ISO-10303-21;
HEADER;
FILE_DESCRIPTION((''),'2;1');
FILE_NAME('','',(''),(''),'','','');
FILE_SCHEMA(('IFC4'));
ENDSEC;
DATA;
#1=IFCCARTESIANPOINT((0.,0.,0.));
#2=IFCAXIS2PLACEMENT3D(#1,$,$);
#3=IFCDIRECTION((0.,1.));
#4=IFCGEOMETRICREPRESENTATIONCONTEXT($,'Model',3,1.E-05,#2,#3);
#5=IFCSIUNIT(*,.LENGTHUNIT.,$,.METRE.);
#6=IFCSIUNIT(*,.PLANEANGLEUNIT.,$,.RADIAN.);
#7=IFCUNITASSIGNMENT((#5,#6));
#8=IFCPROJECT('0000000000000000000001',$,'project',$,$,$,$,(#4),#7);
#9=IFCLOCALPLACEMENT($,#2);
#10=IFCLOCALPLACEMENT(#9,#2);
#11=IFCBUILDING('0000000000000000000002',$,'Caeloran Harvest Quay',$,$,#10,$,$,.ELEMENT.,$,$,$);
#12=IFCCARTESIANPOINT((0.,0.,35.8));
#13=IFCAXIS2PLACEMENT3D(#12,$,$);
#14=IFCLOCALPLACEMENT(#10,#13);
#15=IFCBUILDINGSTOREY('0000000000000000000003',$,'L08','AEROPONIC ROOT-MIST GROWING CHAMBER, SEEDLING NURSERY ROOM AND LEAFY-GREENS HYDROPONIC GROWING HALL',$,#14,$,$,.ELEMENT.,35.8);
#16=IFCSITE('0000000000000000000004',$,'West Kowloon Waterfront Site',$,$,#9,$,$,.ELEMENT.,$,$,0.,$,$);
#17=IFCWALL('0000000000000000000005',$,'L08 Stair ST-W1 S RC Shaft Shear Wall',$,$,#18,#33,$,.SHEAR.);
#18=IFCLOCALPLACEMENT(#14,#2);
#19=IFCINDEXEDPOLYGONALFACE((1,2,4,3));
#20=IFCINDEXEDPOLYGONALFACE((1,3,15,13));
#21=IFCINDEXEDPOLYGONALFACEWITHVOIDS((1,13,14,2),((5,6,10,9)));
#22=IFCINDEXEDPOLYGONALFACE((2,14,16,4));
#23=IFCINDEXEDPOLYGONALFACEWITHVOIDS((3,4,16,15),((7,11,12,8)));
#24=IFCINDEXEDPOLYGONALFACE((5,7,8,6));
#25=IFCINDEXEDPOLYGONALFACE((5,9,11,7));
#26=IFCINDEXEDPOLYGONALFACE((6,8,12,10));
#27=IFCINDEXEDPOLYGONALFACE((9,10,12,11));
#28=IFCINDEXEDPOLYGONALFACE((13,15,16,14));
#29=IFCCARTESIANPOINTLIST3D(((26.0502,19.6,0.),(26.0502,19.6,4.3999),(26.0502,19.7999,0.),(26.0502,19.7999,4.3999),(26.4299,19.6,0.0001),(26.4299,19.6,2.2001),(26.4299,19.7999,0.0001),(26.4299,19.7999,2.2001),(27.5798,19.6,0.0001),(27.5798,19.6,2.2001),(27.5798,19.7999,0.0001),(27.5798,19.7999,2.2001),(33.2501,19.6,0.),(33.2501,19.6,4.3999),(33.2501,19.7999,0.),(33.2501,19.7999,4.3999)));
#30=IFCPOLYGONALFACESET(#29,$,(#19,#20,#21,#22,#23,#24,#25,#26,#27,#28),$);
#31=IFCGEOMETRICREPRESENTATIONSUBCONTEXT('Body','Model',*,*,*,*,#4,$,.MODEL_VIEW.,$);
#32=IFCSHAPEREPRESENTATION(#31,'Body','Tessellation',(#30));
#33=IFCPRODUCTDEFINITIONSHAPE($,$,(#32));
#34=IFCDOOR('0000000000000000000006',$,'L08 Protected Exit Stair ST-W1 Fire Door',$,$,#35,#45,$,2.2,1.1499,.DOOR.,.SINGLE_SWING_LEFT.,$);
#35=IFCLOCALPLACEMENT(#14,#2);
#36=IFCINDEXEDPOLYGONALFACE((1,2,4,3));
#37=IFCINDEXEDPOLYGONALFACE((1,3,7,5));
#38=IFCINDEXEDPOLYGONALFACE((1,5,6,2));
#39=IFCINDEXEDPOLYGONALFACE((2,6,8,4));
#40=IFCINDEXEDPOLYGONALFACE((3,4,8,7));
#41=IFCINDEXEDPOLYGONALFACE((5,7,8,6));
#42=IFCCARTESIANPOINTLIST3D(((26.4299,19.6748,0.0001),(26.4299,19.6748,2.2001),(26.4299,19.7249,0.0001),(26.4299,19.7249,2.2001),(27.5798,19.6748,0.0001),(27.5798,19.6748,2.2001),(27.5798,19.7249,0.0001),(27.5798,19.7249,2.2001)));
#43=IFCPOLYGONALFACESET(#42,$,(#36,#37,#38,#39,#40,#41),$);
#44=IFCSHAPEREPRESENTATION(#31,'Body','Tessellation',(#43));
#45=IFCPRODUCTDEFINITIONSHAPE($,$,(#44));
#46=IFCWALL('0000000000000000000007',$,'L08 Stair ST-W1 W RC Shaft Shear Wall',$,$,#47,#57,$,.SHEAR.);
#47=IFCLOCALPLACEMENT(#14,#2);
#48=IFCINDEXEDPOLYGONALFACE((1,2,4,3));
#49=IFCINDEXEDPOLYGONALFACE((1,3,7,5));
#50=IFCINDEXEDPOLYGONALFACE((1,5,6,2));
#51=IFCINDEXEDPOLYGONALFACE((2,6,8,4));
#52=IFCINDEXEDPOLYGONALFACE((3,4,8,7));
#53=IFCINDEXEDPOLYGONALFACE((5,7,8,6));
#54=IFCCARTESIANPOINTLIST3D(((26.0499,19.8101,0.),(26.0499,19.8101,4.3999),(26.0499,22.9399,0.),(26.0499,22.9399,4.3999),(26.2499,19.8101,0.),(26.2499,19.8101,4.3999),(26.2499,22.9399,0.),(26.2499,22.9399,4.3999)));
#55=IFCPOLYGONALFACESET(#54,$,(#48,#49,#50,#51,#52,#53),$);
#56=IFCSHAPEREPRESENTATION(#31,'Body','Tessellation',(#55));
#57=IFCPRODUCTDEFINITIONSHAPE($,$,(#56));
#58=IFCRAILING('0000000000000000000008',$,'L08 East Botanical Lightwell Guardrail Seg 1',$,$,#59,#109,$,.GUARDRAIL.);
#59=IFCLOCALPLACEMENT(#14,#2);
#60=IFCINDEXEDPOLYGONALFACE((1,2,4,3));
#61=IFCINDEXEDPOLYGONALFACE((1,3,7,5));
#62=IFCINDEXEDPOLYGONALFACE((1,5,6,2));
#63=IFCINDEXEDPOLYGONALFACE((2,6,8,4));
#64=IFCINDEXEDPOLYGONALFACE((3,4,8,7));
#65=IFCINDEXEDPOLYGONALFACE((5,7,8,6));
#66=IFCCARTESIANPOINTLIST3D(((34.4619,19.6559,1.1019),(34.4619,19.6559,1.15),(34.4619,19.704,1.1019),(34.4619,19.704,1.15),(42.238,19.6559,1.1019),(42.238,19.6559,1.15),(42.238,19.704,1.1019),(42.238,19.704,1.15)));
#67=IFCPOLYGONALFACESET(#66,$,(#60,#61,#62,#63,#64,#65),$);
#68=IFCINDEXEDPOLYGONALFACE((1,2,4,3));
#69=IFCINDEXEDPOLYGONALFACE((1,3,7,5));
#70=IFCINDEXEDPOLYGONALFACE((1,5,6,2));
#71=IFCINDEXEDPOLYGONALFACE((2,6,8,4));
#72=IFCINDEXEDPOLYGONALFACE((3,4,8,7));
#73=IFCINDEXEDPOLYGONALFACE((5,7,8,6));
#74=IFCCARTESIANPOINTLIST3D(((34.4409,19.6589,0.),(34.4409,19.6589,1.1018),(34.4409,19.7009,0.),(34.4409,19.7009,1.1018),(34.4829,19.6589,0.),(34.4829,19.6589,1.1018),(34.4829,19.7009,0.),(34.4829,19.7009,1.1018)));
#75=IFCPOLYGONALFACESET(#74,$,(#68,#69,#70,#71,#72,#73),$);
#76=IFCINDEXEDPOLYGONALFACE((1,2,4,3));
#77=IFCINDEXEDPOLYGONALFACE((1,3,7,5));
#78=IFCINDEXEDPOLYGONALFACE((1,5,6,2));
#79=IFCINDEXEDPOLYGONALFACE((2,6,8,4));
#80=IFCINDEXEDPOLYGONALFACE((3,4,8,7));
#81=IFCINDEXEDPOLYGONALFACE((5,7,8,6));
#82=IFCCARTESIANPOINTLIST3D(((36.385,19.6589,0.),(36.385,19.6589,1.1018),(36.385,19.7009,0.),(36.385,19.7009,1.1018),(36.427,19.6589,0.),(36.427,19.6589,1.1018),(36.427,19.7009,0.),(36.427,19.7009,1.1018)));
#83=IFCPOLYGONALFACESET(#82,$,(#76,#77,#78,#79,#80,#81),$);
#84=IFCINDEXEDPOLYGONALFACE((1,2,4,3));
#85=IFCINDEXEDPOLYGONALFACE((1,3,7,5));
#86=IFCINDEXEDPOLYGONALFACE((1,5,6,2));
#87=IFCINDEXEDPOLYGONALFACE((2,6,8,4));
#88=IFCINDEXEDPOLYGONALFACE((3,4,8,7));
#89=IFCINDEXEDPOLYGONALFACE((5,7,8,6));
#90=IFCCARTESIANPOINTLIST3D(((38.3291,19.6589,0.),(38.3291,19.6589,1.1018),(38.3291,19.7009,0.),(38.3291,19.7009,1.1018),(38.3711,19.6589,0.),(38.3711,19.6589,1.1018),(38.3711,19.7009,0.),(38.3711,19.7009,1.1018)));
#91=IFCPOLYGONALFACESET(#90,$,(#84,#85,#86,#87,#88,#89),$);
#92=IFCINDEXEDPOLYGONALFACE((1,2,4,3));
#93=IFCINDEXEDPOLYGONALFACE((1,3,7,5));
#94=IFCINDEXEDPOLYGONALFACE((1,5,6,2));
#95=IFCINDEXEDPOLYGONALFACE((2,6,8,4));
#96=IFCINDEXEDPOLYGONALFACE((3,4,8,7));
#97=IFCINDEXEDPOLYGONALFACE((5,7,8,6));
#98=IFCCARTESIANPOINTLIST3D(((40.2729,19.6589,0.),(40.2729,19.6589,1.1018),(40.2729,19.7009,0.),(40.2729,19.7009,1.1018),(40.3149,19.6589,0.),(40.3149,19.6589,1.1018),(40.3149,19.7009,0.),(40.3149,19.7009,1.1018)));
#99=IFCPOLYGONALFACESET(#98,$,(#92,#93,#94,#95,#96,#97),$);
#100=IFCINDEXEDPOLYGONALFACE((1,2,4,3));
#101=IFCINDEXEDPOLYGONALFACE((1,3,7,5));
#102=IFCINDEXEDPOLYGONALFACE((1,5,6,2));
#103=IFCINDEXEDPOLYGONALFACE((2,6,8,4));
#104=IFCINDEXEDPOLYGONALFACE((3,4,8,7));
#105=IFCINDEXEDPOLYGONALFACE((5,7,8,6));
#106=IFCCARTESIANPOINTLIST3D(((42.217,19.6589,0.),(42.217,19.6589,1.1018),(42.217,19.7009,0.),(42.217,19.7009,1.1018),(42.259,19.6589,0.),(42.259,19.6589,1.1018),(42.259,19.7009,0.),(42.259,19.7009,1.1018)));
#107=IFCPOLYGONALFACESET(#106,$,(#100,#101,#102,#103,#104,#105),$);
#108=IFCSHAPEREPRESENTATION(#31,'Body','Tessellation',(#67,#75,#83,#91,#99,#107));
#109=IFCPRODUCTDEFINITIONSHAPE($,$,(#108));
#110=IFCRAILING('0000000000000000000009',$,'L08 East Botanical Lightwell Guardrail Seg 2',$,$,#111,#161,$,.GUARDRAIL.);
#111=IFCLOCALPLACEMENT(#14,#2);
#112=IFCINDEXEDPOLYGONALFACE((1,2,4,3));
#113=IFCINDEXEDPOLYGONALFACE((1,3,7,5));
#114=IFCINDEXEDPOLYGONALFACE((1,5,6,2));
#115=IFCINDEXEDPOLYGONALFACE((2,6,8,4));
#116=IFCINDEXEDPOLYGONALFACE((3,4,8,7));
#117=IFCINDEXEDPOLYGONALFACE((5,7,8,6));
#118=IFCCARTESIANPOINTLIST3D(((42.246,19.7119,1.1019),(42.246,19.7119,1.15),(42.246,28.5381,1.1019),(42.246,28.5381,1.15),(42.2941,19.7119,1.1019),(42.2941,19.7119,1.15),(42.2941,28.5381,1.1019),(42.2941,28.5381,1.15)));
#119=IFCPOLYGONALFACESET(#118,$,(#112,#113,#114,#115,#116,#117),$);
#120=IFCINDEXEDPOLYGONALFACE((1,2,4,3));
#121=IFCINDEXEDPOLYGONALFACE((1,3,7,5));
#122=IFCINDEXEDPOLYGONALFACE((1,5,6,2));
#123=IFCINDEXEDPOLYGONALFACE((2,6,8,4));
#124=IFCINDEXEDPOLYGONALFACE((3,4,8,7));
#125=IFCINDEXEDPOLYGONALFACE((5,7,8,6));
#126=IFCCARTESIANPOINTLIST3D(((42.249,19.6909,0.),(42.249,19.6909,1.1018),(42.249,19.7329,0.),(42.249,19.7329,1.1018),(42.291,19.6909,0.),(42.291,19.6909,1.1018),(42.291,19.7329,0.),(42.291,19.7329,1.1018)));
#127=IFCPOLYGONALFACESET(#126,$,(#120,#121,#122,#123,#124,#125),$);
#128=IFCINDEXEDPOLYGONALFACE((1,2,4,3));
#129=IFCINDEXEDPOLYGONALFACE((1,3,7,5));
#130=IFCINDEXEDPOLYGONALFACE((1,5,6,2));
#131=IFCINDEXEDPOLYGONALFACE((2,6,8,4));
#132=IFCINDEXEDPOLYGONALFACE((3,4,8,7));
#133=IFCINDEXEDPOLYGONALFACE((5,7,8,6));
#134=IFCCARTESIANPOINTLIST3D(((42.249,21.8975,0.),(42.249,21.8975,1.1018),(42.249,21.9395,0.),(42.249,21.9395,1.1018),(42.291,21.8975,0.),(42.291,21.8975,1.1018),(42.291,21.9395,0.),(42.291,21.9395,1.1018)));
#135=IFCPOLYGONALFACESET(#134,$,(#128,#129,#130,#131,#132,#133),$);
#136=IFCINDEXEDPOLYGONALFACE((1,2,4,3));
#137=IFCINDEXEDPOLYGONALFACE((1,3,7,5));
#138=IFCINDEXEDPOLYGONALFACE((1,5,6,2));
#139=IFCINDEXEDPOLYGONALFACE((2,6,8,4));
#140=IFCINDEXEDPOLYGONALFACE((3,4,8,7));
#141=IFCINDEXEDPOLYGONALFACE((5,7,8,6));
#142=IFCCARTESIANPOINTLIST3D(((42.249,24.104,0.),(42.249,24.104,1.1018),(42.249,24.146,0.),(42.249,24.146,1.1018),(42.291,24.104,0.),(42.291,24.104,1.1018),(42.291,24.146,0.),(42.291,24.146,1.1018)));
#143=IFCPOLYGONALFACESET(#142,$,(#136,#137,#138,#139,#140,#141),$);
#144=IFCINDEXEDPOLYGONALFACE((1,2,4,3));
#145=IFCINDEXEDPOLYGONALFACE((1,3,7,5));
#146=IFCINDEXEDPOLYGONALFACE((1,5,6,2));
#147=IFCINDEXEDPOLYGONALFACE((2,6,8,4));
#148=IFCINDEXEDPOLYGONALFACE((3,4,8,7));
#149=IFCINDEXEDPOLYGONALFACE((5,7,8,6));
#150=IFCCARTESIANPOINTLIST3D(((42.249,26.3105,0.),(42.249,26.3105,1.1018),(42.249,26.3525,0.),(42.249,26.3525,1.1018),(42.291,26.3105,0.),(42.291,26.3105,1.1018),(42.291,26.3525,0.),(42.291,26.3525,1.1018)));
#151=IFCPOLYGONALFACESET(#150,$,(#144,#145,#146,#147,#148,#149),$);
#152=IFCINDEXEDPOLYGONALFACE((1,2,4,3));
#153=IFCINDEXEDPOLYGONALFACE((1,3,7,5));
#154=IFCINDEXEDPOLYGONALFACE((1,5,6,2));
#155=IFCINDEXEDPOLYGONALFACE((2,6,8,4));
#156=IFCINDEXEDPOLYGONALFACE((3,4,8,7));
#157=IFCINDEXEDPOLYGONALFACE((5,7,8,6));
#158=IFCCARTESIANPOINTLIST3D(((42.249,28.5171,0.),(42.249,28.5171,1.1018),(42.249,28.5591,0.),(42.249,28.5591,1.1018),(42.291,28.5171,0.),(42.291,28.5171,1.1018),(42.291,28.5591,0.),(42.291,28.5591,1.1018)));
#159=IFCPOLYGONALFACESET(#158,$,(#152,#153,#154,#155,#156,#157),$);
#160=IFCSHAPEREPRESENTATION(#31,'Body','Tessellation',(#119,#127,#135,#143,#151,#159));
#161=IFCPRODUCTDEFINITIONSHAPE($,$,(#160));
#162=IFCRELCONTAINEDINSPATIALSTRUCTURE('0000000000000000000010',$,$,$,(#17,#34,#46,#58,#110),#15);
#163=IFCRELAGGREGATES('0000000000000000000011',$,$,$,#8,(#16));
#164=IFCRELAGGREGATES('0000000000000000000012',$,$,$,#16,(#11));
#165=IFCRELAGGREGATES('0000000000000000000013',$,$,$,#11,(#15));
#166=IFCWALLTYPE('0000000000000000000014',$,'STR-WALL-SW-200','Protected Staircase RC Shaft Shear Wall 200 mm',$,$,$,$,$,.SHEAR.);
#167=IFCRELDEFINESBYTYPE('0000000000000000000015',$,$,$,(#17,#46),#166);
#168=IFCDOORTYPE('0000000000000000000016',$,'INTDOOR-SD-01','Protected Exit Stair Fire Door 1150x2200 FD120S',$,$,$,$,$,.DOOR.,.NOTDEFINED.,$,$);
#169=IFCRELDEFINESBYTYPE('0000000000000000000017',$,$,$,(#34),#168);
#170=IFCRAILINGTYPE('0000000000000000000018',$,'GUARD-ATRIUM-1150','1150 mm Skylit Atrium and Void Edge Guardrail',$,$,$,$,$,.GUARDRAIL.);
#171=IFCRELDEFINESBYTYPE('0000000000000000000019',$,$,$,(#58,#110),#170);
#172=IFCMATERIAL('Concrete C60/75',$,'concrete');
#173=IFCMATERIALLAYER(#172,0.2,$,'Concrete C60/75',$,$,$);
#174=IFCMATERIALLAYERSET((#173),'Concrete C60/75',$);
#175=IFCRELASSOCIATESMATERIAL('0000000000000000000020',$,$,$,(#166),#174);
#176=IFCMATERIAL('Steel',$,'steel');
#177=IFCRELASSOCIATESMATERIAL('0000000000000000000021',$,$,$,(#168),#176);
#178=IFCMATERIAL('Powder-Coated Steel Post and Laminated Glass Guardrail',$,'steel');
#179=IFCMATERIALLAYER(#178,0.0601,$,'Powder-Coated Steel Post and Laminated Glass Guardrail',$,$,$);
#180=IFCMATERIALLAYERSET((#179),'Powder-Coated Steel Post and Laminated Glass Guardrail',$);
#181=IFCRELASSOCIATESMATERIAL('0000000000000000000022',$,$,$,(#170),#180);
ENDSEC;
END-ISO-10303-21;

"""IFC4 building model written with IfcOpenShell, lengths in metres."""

from ifc_helpers import new_model, si_unit, direction, frame, frame_2d, origin, origin_2d, place, context, subcontext, project, spatial, rectangle, extrude, material, layer, layer_set, type_object, element, fill, save


model = new_model("IFC4")

# Units and contexts
model_context = context("Model", 3, precision=1e-05, world=origin(), true_north=direction((0.0, 1.0)))
body_context = subcontext(model_context, "Body", "Model", "MODEL_VIEW")
ifc_project = project(units=[si_unit("LENGTHUNIT", "METRE"), si_unit("PLANEANGLEUNIT", "RADIAN")], contexts=[model_context])

# Site, building, storey
site_placement = place(None, origin())
site = spatial("IfcSite", under=ifc_project, at=site_placement, Name="West Kowloon Waterfront Site", CompositionType="ELEMENT", RefElevation=0.0)
building_placement = place(site_placement, origin())
building = spatial("IfcBuilding", under=site, at=building_placement, Name="Caeloran Harvest Quay", CompositionType="ELEMENT")
storey_placement = place(building_placement, frame((0.0, 0.0, 35.8)))
storey = spatial("IfcBuildingStorey", under=building, at=storey_placement, Name="L08", Description="AEROPONIC ROOT-MIST GROWING CHAMBER, SEEDLING NURSERY ROOM AND LEAFY-GREENS HYDROPONIC GROWING HALL", CompositionType="ELEMENT", Elevation=35.8)

# Wall, opening, door
ifc_material_1 = material(Name="Concrete C60/75", Category="concrete")
ifc_layer_1 = layer(ifc_material_1, 0.2, Name="Concrete C60/75")
ifc_layer_set_1 = layer_set([ifc_layer_1], Name="Concrete C60/75")
wall_type_1 = type_object("IfcWallType", Name="STR-WALL-SW-200", Description="Protected Staircase RC Shaft Shear Wall 200 mm", PredefinedType="SHEAR", material=ifc_layer_set_1)
wall_1_placement = place(storey_placement, frame((26.05, 19.7, 0.0), z_axis=(0.0, 0.0, 1.0), x_axis=(1.0, 0.0, 0.0)))
wall_1 = element("IfcWall", 1, at=wall_1_placement, inside=storey, type_object=wall_type_1, Name="L08 Stair ST-W1 S RC Shaft Shear Wall", PredefinedType="SHEAR", context=body_context, shape_type="SweptSolid", body=[
    extrude(rectangle(XDim=7.2, YDim=0.2, at=frame_2d((3.6001, 0.0))), origin(), (0.0, 0.0, 1.0), 4.3999),
])
opening_1_placement = place(wall_1_placement, frame((0.3799, 0.0, 0.0)))
opening_1 = element("IfcOpeningElement", 2, at=opening_1_placement, cuts=wall_1, PredefinedType="OPENING", context=body_context, shape_type="SweptSolid", body=[
    extrude(rectangle(XDim=1.1499, YDim=2.2, at=frame_2d((0.575, 1.1001))), frame((0.0, 0.1099, 0.0), z_axis=(0.0, -1.0, 0.0), x_axis=(1.0, 0.0, 0.0)), (0.0, 0.0, 1.0), 0.22),
])
ifc_material_2 = material(Name="Steel", Category="steel")
door_type_1 = type_object("IfcDoorType", Name="INTDOOR-SD-01", Description="Protected Exit Stair Fire Door 1150x2200 FD120S", OperationType="NOTDEFINED", PredefinedType="DOOR", material=ifc_material_2)
door_1_placement = place(opening_1_placement, origin())
door_1 = element("IfcDoor", 3, at=door_1_placement, inside=storey, type_object=door_type_1, Name="L08 Protected Exit Stair ST-W1 Fire Door", OperationType="SINGLE_SWING_LEFT", OverallHeight=2.2, OverallWidth=1.1499, PredefinedType="DOOR", context=body_context, shape_type="SweptSolid", body=[
    extrude(rectangle(XDim=1.1499, YDim=2.2, at=frame_2d((0.575, 1.1001))), frame((0.0, 0.0249, 0.0), z_axis=(0.0, -1.0, 0.0), x_axis=(1.0, 0.0, 0.0)), (0.0, 0.0, 1.0), 0.05),
])
fill(opening_1, door_1)

# Wall
wall_2_placement = place(storey_placement, frame((26.1499, 19.8101, 0.0), z_axis=(0.0, 0.0, 1.0), x_axis=(0.0, 1.0, 0.0)))
element("IfcWall", 4, at=wall_2_placement, inside=storey, type_object=wall_type_1, Name="L08 Stair ST-W1 W RC Shaft Shear Wall", PredefinedType="SHEAR", context=body_context, shape_type="SweptSolid", body=[
    extrude(rectangle(XDim=3.1299, YDim=0.2, at=frame_2d((1.5649, 0.0))), origin(), (0.0, 0.0, 1.0), 4.3999),
])

# Railings
ifc_material_3 = material(Name="Powder-Coated Steel Post and Laminated Glass Guardrail", Category="steel")
ifc_layer_2 = layer(ifc_material_3, 0.0601, Name="Powder-Coated Steel Post and Laminated Glass Guardrail")
ifc_layer_set_2 = layer_set([ifc_layer_2], Name="Powder-Coated Steel Post and Laminated Glass Guardrail")
railing_type = type_object("IfcRailingType", Name="GUARD-ATRIUM-1150", Description="1150 mm Skylit Atrium and Void Edge Guardrail", PredefinedType="GUARDRAIL", material=ifc_layer_set_2)
railing_1_placement = place(storey_placement, frame((34.4619, 19.6799, 0.0)))
element("IfcRailing", 5, at=railing_1_placement, inside=storey, type_object=railing_type, Name="L08 East Botanical Lightwell Guardrail Seg 1", PredefinedType="GUARDRAIL", context=body_context, shape_type="SweptSolid", body=[
    extrude(rectangle(XDim=0.0481, YDim=0.0481, at=origin_2d()), frame((0.0, 0.0, 1.126), z_axis=(1.0, 0.0, 0.0), x_axis=(0.0, 1.0, 0.0)), (0.0, 0.0, 1.0), 7.7761),
    extrude(rectangle(XDim=0.042, YDim=0.042, at=origin_2d()), origin(), (0.0, 0.0, 1.0), 1.1018),
    extrude(rectangle(XDim=0.042, YDim=0.042, at=origin_2d()), frame((1.9441, 0.0, 0.0)), (0.0, 0.0, 1.0), 1.1018),
    extrude(rectangle(XDim=0.042, YDim=0.042, at=origin_2d()), frame((3.8882, 0.0, 0.0)), (0.0, 0.0, 1.0), 1.1018),
    extrude(rectangle(XDim=0.042, YDim=0.042, at=origin_2d()), frame((5.832, 0.0, 0.0)), (0.0, 0.0, 1.0), 1.1018),
    extrude(rectangle(XDim=0.042, YDim=0.042, at=origin_2d()), frame((7.7761, 0.0, 0.0)), (0.0, 0.0, 1.0), 1.1018),
])
railing_2_placement = place(storey_placement, frame((42.27, 19.7119, 0.0)))
element("IfcRailing", 6, at=railing_2_placement, inside=storey, type_object=railing_type, Name="L08 East Botanical Lightwell Guardrail Seg 2", PredefinedType="GUARDRAIL", context=body_context, shape_type="SweptSolid", body=[
    extrude(rectangle(XDim=0.0481, YDim=0.0481, at=origin_2d()), frame((0.0, 0.0, 1.126), z_axis=(0.0, 1.0, 0.0), x_axis=(-1.0, 0.0, 0.0)), (0.0, 0.0, 1.0), 8.8262),
    extrude(rectangle(XDim=0.042, YDim=0.042, at=origin_2d()), origin(), (0.0, 0.0, 1.0), 1.1018),
    extrude(rectangle(XDim=0.042, YDim=0.042, at=origin_2d()), frame((0.0, 2.2065, 0.0)), (0.0, 0.0, 1.0), 1.1018),
    extrude(rectangle(XDim=0.042, YDim=0.042, at=origin_2d()), frame((0.0, 4.4131, 0.0)), (0.0, 0.0, 1.0), 1.1018),
    extrude(rectangle(XDim=0.042, YDim=0.042, at=origin_2d()), frame((0.0, 6.6196, 0.0)), (0.0, 0.0, 1.0), 1.1018),
    extrude(rectangle(XDim=0.042, YDim=0.042, at=origin_2d()), frame((0.0, 8.8262, 0.0)), (0.0, 0.0, 1.0), 1.1018),
])

save(model, "model.ifc")
